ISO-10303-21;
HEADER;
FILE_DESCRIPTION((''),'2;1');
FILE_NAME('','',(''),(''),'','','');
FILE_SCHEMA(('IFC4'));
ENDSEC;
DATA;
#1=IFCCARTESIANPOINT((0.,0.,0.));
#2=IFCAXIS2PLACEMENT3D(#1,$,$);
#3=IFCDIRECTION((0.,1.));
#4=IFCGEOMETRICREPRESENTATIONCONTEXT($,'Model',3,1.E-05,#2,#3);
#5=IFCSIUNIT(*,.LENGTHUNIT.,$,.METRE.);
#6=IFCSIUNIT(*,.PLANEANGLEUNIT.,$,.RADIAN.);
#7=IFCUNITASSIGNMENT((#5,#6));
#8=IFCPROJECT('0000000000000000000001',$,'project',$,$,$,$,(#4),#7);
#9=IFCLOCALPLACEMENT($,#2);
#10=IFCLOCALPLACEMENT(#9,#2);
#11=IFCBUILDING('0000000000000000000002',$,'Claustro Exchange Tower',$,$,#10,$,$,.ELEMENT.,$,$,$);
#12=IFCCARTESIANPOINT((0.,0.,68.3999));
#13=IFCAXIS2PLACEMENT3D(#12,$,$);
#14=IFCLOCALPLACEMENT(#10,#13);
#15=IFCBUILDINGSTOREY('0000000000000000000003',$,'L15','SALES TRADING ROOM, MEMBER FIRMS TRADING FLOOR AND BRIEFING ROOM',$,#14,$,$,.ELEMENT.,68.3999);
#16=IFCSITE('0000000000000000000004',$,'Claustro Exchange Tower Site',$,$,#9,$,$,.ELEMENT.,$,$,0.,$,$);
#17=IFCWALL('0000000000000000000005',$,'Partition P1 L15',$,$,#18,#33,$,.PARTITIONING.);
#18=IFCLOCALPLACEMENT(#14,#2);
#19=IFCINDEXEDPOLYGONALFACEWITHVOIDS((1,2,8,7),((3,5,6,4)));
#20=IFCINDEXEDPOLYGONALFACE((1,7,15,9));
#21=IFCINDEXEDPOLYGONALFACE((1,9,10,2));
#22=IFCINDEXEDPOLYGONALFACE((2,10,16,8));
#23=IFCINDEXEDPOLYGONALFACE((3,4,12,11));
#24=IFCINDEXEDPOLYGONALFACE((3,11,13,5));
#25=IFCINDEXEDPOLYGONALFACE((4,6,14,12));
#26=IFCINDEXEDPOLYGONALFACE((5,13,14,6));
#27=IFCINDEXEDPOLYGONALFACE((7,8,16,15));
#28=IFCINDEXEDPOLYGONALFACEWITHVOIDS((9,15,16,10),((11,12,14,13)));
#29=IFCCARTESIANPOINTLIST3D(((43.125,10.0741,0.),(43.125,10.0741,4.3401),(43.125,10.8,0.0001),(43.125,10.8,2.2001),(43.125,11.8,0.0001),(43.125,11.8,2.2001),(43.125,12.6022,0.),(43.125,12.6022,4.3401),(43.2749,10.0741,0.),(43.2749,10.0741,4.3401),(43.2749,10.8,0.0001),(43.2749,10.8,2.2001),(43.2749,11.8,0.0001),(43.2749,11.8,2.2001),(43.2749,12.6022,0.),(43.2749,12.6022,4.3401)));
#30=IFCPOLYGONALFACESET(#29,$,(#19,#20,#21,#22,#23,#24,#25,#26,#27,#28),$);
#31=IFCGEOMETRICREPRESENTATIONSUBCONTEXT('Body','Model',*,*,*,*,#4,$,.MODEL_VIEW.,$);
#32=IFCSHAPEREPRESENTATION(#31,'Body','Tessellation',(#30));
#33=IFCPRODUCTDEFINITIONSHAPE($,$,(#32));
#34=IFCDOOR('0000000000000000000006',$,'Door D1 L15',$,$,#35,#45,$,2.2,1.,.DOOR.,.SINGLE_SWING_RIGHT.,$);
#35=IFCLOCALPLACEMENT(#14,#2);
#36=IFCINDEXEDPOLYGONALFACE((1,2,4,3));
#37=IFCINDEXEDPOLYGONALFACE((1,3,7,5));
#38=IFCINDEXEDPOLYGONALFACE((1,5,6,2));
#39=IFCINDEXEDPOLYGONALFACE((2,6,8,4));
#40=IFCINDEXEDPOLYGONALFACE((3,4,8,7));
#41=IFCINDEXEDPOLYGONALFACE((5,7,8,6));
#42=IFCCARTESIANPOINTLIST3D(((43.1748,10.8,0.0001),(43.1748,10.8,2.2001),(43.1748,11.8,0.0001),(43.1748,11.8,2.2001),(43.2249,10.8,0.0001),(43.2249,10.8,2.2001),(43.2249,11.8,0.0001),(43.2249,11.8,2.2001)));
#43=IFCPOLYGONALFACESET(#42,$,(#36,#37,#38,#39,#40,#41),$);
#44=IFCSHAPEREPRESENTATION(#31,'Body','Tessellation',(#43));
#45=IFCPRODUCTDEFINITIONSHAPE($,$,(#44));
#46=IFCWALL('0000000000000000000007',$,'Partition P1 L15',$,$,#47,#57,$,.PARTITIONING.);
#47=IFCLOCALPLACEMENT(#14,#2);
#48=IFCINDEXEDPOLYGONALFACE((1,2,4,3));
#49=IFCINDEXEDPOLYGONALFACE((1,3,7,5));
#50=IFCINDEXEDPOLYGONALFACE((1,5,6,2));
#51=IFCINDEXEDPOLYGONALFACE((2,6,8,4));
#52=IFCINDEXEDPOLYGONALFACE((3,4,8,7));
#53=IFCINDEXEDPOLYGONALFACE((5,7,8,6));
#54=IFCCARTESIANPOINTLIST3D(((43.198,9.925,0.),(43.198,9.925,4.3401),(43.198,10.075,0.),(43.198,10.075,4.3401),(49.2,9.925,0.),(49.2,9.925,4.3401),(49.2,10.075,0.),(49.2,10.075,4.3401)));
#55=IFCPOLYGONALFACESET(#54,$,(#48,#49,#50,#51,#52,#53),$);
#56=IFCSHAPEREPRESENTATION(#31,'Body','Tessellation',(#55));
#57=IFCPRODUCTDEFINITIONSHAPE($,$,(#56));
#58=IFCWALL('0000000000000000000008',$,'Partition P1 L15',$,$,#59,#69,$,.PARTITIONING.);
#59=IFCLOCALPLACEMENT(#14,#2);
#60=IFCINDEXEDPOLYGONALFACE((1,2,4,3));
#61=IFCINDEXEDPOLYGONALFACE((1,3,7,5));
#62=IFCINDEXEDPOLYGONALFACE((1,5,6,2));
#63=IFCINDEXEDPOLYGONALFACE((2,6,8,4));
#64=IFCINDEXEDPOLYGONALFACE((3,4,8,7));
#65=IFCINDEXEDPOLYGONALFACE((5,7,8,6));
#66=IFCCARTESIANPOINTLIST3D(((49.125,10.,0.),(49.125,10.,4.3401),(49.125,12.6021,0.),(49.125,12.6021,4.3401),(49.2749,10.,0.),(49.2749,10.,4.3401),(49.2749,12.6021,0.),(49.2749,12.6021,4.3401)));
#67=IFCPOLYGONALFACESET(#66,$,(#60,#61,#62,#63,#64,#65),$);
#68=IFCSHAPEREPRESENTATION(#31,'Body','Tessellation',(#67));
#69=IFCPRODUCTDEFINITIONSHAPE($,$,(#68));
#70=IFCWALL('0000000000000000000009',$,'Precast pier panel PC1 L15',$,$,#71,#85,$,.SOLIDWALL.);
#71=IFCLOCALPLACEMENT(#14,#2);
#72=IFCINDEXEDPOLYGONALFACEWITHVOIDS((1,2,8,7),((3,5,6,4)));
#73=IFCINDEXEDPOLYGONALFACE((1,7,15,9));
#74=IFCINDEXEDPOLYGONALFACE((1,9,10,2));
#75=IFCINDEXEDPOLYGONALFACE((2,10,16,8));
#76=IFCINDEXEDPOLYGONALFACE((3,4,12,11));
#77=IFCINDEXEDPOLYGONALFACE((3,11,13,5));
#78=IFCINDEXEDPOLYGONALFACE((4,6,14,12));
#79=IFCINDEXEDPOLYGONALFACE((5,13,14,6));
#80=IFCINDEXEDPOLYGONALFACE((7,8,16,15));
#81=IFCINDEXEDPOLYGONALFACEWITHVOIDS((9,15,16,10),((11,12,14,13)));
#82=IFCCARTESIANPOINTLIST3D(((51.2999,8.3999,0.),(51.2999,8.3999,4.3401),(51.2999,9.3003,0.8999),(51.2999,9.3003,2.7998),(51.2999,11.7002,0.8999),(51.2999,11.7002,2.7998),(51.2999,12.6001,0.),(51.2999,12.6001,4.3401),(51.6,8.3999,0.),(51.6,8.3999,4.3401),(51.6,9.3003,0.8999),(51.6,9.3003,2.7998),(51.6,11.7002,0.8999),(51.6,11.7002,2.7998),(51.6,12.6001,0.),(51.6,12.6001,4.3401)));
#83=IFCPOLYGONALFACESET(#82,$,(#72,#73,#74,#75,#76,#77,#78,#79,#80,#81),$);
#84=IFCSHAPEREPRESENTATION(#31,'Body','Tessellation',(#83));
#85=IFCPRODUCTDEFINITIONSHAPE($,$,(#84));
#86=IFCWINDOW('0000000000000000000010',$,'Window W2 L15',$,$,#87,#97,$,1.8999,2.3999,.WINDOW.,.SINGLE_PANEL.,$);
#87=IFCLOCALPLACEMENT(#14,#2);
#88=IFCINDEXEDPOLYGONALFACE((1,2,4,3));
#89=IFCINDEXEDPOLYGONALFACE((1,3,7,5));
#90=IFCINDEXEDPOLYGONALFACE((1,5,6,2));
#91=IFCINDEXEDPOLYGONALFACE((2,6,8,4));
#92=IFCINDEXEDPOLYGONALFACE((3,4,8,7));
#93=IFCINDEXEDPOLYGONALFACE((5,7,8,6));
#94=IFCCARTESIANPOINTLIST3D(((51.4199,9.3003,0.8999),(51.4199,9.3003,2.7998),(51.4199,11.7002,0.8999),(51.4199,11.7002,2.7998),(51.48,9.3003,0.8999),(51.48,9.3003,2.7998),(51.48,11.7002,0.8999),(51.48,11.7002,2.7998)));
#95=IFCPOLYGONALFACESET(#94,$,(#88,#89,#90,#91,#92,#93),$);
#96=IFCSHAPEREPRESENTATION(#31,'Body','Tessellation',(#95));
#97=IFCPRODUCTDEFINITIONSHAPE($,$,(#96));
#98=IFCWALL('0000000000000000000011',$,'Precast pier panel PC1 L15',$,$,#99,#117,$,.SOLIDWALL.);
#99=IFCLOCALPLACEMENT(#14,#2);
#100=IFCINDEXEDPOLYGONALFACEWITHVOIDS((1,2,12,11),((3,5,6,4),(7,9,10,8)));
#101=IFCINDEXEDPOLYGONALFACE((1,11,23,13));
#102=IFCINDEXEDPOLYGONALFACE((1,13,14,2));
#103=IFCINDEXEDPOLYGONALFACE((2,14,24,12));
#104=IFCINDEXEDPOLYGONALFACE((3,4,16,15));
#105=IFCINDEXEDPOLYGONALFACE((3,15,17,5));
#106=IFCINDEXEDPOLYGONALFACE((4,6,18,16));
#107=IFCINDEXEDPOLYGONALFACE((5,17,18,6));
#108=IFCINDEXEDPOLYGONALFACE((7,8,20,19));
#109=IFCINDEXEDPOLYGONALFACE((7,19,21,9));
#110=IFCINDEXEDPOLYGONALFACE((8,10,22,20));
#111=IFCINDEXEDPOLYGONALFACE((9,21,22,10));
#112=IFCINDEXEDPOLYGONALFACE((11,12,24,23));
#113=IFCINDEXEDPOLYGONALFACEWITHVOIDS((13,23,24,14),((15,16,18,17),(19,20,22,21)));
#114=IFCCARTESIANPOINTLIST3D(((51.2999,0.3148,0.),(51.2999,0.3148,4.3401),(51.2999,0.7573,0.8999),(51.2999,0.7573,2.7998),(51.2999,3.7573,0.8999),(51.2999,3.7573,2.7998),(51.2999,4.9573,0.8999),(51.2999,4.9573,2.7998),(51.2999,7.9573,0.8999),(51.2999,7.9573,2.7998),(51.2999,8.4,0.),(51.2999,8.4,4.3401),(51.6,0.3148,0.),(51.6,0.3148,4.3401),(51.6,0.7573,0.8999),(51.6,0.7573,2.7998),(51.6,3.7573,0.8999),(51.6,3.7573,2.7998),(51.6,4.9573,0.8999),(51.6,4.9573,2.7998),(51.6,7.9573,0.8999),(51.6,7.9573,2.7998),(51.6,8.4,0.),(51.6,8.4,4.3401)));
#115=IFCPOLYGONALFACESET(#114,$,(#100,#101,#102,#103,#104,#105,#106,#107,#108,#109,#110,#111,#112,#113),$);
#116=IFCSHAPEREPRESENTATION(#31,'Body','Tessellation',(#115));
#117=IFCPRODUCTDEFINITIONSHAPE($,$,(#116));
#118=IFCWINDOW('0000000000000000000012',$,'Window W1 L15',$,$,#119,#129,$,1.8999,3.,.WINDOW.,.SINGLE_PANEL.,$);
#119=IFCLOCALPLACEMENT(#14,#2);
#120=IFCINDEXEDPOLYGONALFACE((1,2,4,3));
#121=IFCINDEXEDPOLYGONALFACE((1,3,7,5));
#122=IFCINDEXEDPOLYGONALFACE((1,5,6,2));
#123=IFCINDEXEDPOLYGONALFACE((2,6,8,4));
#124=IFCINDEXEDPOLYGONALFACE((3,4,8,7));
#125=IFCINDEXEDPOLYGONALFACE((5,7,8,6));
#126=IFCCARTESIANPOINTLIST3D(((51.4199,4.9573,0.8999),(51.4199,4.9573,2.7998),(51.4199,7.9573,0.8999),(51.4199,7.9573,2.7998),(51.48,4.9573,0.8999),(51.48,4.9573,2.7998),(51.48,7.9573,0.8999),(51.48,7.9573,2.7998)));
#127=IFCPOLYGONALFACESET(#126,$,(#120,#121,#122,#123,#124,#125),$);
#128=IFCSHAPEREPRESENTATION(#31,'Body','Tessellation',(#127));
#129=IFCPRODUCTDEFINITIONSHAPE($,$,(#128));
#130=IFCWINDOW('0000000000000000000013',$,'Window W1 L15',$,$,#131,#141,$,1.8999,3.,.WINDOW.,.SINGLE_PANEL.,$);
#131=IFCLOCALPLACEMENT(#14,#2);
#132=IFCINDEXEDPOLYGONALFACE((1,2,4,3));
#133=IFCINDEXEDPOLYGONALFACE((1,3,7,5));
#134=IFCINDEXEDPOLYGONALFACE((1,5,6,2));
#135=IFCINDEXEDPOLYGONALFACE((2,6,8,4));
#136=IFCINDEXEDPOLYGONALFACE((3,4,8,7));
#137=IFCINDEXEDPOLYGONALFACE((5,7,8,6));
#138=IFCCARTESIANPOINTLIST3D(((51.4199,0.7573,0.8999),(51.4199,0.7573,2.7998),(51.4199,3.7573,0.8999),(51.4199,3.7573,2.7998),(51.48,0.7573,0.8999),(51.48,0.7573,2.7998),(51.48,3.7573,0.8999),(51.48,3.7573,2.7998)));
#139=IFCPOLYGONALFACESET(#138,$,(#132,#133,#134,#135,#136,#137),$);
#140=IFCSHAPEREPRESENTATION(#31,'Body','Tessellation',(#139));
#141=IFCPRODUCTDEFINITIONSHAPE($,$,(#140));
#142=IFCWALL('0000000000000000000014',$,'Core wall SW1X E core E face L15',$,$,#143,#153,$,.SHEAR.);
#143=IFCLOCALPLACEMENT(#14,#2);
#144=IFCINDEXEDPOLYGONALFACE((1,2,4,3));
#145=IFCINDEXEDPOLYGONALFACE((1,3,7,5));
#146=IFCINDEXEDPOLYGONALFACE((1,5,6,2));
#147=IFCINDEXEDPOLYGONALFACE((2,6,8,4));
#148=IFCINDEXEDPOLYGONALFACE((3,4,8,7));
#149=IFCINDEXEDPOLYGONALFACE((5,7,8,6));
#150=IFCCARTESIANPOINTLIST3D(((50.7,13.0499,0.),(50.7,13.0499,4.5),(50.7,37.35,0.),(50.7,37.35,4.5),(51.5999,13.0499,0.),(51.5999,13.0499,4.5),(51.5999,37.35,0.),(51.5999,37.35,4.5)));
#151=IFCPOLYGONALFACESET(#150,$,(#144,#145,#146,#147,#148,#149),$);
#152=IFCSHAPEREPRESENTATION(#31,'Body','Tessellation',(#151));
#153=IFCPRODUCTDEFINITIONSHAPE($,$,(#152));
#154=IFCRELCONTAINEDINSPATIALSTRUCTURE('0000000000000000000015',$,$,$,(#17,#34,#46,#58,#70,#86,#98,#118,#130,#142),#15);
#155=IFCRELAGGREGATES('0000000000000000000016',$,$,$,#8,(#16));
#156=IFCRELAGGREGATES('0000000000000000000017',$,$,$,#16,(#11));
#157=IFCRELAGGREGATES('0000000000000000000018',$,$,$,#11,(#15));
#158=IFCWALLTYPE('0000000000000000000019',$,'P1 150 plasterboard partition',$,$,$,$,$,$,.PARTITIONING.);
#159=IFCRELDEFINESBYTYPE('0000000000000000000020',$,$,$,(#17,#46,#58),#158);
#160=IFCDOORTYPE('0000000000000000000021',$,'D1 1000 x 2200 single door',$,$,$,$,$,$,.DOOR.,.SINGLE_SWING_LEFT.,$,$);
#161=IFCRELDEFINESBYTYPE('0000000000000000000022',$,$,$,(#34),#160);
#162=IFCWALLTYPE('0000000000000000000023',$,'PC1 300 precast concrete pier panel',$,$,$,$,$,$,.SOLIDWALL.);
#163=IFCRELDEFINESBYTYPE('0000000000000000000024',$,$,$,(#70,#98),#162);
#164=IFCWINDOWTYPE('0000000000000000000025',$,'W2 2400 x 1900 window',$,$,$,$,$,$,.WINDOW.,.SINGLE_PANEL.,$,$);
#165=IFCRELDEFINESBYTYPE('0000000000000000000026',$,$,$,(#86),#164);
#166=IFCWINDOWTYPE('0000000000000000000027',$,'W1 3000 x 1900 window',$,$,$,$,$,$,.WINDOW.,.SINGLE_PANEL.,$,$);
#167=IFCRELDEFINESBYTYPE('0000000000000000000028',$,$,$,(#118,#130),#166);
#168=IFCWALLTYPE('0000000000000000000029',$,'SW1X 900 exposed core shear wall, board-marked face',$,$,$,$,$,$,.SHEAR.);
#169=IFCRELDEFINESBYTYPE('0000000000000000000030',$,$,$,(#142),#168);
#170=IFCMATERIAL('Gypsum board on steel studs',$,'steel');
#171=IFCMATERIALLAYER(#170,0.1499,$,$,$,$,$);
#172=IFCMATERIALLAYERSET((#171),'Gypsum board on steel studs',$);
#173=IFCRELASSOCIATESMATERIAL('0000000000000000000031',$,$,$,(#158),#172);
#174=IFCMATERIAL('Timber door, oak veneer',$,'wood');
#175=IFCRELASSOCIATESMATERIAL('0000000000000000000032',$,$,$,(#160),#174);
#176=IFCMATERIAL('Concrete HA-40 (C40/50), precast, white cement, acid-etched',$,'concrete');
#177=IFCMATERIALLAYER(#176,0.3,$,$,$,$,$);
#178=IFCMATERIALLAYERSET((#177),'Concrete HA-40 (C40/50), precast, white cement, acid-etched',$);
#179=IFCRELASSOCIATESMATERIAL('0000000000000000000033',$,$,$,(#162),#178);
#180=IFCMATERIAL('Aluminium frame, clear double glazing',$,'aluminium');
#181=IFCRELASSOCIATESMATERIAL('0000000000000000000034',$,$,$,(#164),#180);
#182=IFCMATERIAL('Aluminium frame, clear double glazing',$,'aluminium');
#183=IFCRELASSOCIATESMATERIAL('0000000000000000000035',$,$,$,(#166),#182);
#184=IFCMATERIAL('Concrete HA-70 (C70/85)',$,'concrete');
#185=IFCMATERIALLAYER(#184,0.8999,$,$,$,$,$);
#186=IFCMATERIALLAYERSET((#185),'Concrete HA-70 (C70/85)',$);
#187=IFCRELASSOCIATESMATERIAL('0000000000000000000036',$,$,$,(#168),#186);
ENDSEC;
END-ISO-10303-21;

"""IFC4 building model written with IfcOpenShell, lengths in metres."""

from ifc_helpers import new_model, si_unit, direction, frame, frame_2d, origin, place, context, subcontext, project, spatial, rectangle, extrude, material, layer, layer_set, type_object, element, fill, save


model = new_model("IFC4")

# Units and contexts
model_context = context("Model", 3, precision=1e-05, world=origin(), true_north=direction((0.0, 1.0)))
body_context = subcontext(model_context, "Body", "Model", "MODEL_VIEW")
ifc_project = project(units=[si_unit("LENGTHUNIT", "METRE"), si_unit("PLANEANGLEUNIT", "RADIAN")], contexts=[model_context])

# Site, building, storey
site_placement = place(None, origin())
site = spatial("IfcSite", under=ifc_project, at=site_placement, Name="Claustro Exchange Tower Site", CompositionType="ELEMENT", RefElevation=0.0)
building_placement = place(site_placement, origin())
building = spatial("IfcBuilding", under=site, at=building_placement, Name="Claustro Exchange Tower", CompositionType="ELEMENT")
storey_placement = place(building_placement, frame((0.0, 0.0, 68.3999)))
storey = spatial("IfcBuildingStorey", under=building, at=storey_placement, Name="L15", Description="SALES TRADING ROOM, MEMBER FIRMS TRADING FLOOR AND BRIEFING ROOM", CompositionType="ELEMENT", Elevation=68.3999)

# Wall, opening, door
ifc_material_1 = material(Name="Gypsum board on steel studs", Category="steel")
ifc_layer_1 = layer(ifc_material_1, 0.1499)
ifc_layer_set_1 = layer_set([ifc_layer_1], Name="Gypsum board on steel studs")
wall_type_1 = type_object("IfcWallType", Name="P1 150 plasterboard partition", PredefinedType="PARTITIONING", material=ifc_layer_set_1)
wall_1_placement = place(storey_placement, frame((43.2, 10.074, 0.0), z_axis=(0.0, 0.0, 1.0), x_axis=(0.0, 1.0, 0.0)))
wall_1 = element("IfcWall", 1, at=wall_1_placement, inside=storey, type_object=wall_type_1, Name="Partition P1 L15", PredefinedType="PARTITIONING", context=body_context, shape_type="SweptSolid", body=[
    extrude(rectangle(XDim=2.5281, YDim=0.1499, at=frame_2d((1.2642, 0.0))), origin(), (0.0, 0.0, 1.0), 4.3401),
])
opening_1_placement = place(wall_1_placement, frame((0.7261, 0.0, 0.0)))
opening_1 = element("IfcOpeningElement", 2, at=opening_1_placement, cuts=wall_1, PredefinedType="OPENING", context=body_context, shape_type="SweptSolid", body=[
    extrude(rectangle(XDim=1.0, YDim=2.2, at=frame_2d((0.5, 1.1001))), frame((0.0, 0.085, 0.0), z_axis=(0.0, -1.0, 0.0), x_axis=(1.0, 0.0, 0.0)), (0.0, 0.0, 1.0), 0.1699),
])
ifc_material_2 = material(Name="Timber door, oak veneer", Category="wood")
door_type_1 = type_object("IfcDoorType", Name="D1 1000 x 2200 single door", OperationType="SINGLE_SWING_LEFT", PredefinedType="DOOR", material=ifc_material_2)
door_1_placement = place(opening_1_placement, frame((1.0, 0.0, 0.0), z_axis=(0.0, 0.0, 1.0), x_axis=(-1.0, 0.0, 0.0)))
door_1 = element("IfcDoor", 3, at=door_1_placement, inside=storey, type_object=door_type_1, Name="Door D1 L15", OperationType="SINGLE_SWING_RIGHT", OverallHeight=2.2, OverallWidth=1.0, PredefinedType="DOOR", context=body_context, shape_type="SweptSolid", body=[
    extrude(rectangle(XDim=1.0, YDim=2.2, at=frame_2d((0.5, 1.1001))), frame((0.0, 0.0249, 0.0), z_axis=(0.0, -1.0, 0.0), x_axis=(1.0, 0.0, 0.0)), (0.0, 0.0, 1.0), 0.05),
])
fill(opening_1, door_1)

# Walls
wall_2_placement = place(storey_placement, frame((43.198, 10.0, 0.0), z_axis=(0.0, 0.0, 1.0), x_axis=(1.0, 0.0, 0.0)))
element("IfcWall", 4, at=wall_2_placement, inside=storey, type_object=wall_type_1, Name="Partition P1 L15", PredefinedType="PARTITIONING", context=body_context, shape_type="SweptSolid", body=[
    extrude(rectangle(XDim=6.002, YDim=0.1499, at=frame_2d((3.001, 0.0))), origin(), (0.0, 0.0, 1.0), 4.3401),
])
wall_3_placement = place(storey_placement, frame((49.2, 10.0, 0.0), z_axis=(0.0, 0.0, 1.0), x_axis=(0.0, 1.0, 0.0)))
element("IfcWall", 5, at=wall_3_placement, inside=storey, type_object=wall_type_1, Name="Partition P1 L15", PredefinedType="PARTITIONING", context=body_context, shape_type="SweptSolid", body=[
    extrude(rectangle(XDim=2.6021, YDim=0.1499, at=frame_2d((1.301, 0.0))), origin(), (0.0, 0.0, 1.0), 4.3401),
])

# Wall, opening, window
ifc_material_3 = material(Name="Concrete HA-40 (C40/50), precast, white cement, acid-etched", Category="concrete")
ifc_layer_2 = layer(ifc_material_3, 0.3)
ifc_layer_set_2 = layer_set([ifc_layer_2], Name="Concrete HA-40 (C40/50), precast, white cement, acid-etched")
wall_type_2 = type_object("IfcWallType", Name="PC1 300 precast concrete pier panel", PredefinedType="SOLIDWALL", material=ifc_layer_set_2)
wall_4_placement = place(storey_placement, frame((51.45, 12.6001, 0.0), z_axis=(0.0, 0.0, 1.0), x_axis=(0.0, -1.0, 0.0)))
wall_4 = element("IfcWall", 6, at=wall_4_placement, inside=storey, type_object=wall_type_2, Name="Precast pier panel PC1 L15", PredefinedType="SOLIDWALL", context=body_context, shape_type="SweptSolid", body=[
    extrude(rectangle(XDim=4.2002, YDim=0.3, at=frame_2d((2.1001, 0.0))), origin(), (0.0, 0.0, 1.0), 4.3401),
])
opening_2_placement = place(wall_4_placement, frame((0.8999, 0.0, 0.8999)))
opening_2 = element("IfcOpeningElement", 7, at=opening_2_placement, cuts=wall_4, PredefinedType="OPENING", context=body_context, shape_type="SweptSolid", body=[
    extrude(rectangle(XDim=2.3999, YDim=1.8999, at=frame_2d((1.2, 0.95))), frame((0.0, 0.1599, 0.0), z_axis=(0.0, -1.0, 0.0), x_axis=(1.0, 0.0, 0.0)), (0.0, 0.0, 1.0), 0.3201),
])
ifc_material_4 = material(Name="Aluminium frame, clear double glazing", Category="aluminium")
window_type_1 = type_object("IfcWindowType", Name="W2 2400 x 1900 window", PartitioningType="SINGLE_PANEL", PredefinedType="WINDOW", material=ifc_material_4)
window_1_placement = place(opening_2_placement, origin())
window_1 = element("IfcWindow", 8, at=window_1_placement, inside=storey, type_object=window_type_1, Name="Window W2 L15", OverallHeight=1.8999, OverallWidth=2.3999, PartitioningType="SINGLE_PANEL", PredefinedType="WINDOW", context=body_context, shape_type="SweptSolid", body=[
    extrude(rectangle(XDim=2.3999, YDim=1.8999, at=frame_2d((1.2, 0.95))), frame((0.0, 0.03, 0.0), z_axis=(0.0, -1.0, 0.0), x_axis=(1.0, 0.0, 0.0)), (0.0, 0.0, 1.0), 0.0601),
])
fill(opening_2, window_1)

# Wall, openings, windows
wall_5_placement = place(storey_placement, frame((51.45, 8.3999, 0.0), z_axis=(0.0, 0.0, 1.0), x_axis=(0.0, -1.0, 0.0)))
wall_5 = element("IfcWall", 9, at=wall_5_placement, inside=storey, type_object=wall_type_2, Name="Precast pier panel PC1 L15", PredefinedType="SOLIDWALL", context=body_context, shape_type="SweptSolid", body=[
    extrude(rectangle(XDim=8.0852, YDim=0.3, at=frame_2d((4.0425, 0.0))), origin(), (0.0, 0.0, 1.0), 4.3401),
])
opening_3_placement = place(wall_5_placement, frame((0.4426, 0.0, 0.8999)))
opening_3 = element("IfcOpeningElement", 10, at=opening_3_placement, cuts=wall_5, PredefinedType="OPENING", context=body_context, shape_type="SweptSolid", body=[
    extrude(rectangle(XDim=3.0, YDim=1.8999, at=frame_2d((1.5, 0.95))), frame((0.0, 0.1599, 0.0), z_axis=(0.0, -1.0, 0.0), x_axis=(1.0, 0.0, 0.0)), (0.0, 0.0, 1.0), 0.3201),
])
opening_4_placement = place(wall_5_placement, frame((4.6426, 0.0, 0.8999)))
opening_4 = element("IfcOpeningElement", 11, at=opening_4_placement, cuts=wall_5, PredefinedType="OPENING", context=body_context, shape_type="SweptSolid", body=[
    extrude(rectangle(XDim=3.0, YDim=1.8999, at=frame_2d((1.5, 0.95))), frame((0.0, 0.1599, 0.0), z_axis=(0.0, -1.0, 0.0), x_axis=(1.0, 0.0, 0.0)), (0.0, 0.0, 1.0), 0.3201),
])
ifc_material_5 = material(Name="Aluminium frame, clear double glazing", Category="aluminium")
window_type_2 = type_object("IfcWindowType", Name="W1 3000 x 1900 window", PartitioningType="SINGLE_PANEL", PredefinedType="WINDOW", material=ifc_material_5)
window_2_placement = place(opening_3_placement, origin())
window_2 = element("IfcWindow", 12, at=window_2_placement, inside=storey, type_object=window_type_2, Name="Window W1 L15", OverallHeight=1.8999, OverallWidth=3.0, PartitioningType="SINGLE_PANEL", PredefinedType="WINDOW", context=body_context, shape_type="SweptSolid", body=[
    extrude(rectangle(XDim=3.0, YDim=1.8999, at=frame_2d((1.5, 0.95))), frame((0.0, 0.03, 0.0), z_axis=(0.0, -1.0, 0.0), x_axis=(1.0, 0.0, 0.0)), (0.0, 0.0, 1.0), 0.0601),
])
fill(opening_3, window_2)
window_3_placement = place(opening_4_placement, origin())
window_3 = element("IfcWindow", 13, at=window_3_placement, inside=storey, type_object=window_type_2, Name="Window W1 L15", OverallHeight=1.8999, OverallWidth=3.0, PartitioningType="SINGLE_PANEL", PredefinedType="WINDOW", context=body_context, shape_type="SweptSolid", body=[
    extrude(rectangle(XDim=3.0, YDim=1.8999, at=frame_2d((1.5, 0.95))), frame((0.0, 0.03, 0.0), z_axis=(0.0, -1.0, 0.0), x_axis=(1.0, 0.0, 0.0)), (0.0, 0.0, 1.0), 0.0601),
])
fill(opening_4, window_3)

# Wall
ifc_material_6 = material(Name="Concrete HA-70 (C70/85)", Category="concrete")
ifc_layer_3 = layer(ifc_material_6, 0.8999)
ifc_layer_set_3 = layer_set([ifc_layer_3], Name="Concrete HA-70 (C70/85)")
wall_type_3 = type_object("IfcWallType", Name="SW1X 900 exposed core shear wall, board-marked face", PredefinedType="SHEAR", material=ifc_layer_set_3)
wall_6_placement = place(storey_placement, frame((51.1499, 13.05, 0.0), z_axis=(0.0, 0.0, 1.0), x_axis=(0.0, 1.0, 0.0)))
element("IfcWall", 14, at=wall_6_placement, inside=storey, type_object=wall_type_3, Name="Core wall SW1X E core E face L15", PredefinedType="SHEAR", context=body_context, shape_type="SweptSolid", body=[
    extrude(rectangle(XDim=24.3, YDim=0.8999, at=frame_2d((12.1499, 0.0))), origin(), (0.0, 0.0, 1.0), 4.5),
])

save(model, "model.ifc")
